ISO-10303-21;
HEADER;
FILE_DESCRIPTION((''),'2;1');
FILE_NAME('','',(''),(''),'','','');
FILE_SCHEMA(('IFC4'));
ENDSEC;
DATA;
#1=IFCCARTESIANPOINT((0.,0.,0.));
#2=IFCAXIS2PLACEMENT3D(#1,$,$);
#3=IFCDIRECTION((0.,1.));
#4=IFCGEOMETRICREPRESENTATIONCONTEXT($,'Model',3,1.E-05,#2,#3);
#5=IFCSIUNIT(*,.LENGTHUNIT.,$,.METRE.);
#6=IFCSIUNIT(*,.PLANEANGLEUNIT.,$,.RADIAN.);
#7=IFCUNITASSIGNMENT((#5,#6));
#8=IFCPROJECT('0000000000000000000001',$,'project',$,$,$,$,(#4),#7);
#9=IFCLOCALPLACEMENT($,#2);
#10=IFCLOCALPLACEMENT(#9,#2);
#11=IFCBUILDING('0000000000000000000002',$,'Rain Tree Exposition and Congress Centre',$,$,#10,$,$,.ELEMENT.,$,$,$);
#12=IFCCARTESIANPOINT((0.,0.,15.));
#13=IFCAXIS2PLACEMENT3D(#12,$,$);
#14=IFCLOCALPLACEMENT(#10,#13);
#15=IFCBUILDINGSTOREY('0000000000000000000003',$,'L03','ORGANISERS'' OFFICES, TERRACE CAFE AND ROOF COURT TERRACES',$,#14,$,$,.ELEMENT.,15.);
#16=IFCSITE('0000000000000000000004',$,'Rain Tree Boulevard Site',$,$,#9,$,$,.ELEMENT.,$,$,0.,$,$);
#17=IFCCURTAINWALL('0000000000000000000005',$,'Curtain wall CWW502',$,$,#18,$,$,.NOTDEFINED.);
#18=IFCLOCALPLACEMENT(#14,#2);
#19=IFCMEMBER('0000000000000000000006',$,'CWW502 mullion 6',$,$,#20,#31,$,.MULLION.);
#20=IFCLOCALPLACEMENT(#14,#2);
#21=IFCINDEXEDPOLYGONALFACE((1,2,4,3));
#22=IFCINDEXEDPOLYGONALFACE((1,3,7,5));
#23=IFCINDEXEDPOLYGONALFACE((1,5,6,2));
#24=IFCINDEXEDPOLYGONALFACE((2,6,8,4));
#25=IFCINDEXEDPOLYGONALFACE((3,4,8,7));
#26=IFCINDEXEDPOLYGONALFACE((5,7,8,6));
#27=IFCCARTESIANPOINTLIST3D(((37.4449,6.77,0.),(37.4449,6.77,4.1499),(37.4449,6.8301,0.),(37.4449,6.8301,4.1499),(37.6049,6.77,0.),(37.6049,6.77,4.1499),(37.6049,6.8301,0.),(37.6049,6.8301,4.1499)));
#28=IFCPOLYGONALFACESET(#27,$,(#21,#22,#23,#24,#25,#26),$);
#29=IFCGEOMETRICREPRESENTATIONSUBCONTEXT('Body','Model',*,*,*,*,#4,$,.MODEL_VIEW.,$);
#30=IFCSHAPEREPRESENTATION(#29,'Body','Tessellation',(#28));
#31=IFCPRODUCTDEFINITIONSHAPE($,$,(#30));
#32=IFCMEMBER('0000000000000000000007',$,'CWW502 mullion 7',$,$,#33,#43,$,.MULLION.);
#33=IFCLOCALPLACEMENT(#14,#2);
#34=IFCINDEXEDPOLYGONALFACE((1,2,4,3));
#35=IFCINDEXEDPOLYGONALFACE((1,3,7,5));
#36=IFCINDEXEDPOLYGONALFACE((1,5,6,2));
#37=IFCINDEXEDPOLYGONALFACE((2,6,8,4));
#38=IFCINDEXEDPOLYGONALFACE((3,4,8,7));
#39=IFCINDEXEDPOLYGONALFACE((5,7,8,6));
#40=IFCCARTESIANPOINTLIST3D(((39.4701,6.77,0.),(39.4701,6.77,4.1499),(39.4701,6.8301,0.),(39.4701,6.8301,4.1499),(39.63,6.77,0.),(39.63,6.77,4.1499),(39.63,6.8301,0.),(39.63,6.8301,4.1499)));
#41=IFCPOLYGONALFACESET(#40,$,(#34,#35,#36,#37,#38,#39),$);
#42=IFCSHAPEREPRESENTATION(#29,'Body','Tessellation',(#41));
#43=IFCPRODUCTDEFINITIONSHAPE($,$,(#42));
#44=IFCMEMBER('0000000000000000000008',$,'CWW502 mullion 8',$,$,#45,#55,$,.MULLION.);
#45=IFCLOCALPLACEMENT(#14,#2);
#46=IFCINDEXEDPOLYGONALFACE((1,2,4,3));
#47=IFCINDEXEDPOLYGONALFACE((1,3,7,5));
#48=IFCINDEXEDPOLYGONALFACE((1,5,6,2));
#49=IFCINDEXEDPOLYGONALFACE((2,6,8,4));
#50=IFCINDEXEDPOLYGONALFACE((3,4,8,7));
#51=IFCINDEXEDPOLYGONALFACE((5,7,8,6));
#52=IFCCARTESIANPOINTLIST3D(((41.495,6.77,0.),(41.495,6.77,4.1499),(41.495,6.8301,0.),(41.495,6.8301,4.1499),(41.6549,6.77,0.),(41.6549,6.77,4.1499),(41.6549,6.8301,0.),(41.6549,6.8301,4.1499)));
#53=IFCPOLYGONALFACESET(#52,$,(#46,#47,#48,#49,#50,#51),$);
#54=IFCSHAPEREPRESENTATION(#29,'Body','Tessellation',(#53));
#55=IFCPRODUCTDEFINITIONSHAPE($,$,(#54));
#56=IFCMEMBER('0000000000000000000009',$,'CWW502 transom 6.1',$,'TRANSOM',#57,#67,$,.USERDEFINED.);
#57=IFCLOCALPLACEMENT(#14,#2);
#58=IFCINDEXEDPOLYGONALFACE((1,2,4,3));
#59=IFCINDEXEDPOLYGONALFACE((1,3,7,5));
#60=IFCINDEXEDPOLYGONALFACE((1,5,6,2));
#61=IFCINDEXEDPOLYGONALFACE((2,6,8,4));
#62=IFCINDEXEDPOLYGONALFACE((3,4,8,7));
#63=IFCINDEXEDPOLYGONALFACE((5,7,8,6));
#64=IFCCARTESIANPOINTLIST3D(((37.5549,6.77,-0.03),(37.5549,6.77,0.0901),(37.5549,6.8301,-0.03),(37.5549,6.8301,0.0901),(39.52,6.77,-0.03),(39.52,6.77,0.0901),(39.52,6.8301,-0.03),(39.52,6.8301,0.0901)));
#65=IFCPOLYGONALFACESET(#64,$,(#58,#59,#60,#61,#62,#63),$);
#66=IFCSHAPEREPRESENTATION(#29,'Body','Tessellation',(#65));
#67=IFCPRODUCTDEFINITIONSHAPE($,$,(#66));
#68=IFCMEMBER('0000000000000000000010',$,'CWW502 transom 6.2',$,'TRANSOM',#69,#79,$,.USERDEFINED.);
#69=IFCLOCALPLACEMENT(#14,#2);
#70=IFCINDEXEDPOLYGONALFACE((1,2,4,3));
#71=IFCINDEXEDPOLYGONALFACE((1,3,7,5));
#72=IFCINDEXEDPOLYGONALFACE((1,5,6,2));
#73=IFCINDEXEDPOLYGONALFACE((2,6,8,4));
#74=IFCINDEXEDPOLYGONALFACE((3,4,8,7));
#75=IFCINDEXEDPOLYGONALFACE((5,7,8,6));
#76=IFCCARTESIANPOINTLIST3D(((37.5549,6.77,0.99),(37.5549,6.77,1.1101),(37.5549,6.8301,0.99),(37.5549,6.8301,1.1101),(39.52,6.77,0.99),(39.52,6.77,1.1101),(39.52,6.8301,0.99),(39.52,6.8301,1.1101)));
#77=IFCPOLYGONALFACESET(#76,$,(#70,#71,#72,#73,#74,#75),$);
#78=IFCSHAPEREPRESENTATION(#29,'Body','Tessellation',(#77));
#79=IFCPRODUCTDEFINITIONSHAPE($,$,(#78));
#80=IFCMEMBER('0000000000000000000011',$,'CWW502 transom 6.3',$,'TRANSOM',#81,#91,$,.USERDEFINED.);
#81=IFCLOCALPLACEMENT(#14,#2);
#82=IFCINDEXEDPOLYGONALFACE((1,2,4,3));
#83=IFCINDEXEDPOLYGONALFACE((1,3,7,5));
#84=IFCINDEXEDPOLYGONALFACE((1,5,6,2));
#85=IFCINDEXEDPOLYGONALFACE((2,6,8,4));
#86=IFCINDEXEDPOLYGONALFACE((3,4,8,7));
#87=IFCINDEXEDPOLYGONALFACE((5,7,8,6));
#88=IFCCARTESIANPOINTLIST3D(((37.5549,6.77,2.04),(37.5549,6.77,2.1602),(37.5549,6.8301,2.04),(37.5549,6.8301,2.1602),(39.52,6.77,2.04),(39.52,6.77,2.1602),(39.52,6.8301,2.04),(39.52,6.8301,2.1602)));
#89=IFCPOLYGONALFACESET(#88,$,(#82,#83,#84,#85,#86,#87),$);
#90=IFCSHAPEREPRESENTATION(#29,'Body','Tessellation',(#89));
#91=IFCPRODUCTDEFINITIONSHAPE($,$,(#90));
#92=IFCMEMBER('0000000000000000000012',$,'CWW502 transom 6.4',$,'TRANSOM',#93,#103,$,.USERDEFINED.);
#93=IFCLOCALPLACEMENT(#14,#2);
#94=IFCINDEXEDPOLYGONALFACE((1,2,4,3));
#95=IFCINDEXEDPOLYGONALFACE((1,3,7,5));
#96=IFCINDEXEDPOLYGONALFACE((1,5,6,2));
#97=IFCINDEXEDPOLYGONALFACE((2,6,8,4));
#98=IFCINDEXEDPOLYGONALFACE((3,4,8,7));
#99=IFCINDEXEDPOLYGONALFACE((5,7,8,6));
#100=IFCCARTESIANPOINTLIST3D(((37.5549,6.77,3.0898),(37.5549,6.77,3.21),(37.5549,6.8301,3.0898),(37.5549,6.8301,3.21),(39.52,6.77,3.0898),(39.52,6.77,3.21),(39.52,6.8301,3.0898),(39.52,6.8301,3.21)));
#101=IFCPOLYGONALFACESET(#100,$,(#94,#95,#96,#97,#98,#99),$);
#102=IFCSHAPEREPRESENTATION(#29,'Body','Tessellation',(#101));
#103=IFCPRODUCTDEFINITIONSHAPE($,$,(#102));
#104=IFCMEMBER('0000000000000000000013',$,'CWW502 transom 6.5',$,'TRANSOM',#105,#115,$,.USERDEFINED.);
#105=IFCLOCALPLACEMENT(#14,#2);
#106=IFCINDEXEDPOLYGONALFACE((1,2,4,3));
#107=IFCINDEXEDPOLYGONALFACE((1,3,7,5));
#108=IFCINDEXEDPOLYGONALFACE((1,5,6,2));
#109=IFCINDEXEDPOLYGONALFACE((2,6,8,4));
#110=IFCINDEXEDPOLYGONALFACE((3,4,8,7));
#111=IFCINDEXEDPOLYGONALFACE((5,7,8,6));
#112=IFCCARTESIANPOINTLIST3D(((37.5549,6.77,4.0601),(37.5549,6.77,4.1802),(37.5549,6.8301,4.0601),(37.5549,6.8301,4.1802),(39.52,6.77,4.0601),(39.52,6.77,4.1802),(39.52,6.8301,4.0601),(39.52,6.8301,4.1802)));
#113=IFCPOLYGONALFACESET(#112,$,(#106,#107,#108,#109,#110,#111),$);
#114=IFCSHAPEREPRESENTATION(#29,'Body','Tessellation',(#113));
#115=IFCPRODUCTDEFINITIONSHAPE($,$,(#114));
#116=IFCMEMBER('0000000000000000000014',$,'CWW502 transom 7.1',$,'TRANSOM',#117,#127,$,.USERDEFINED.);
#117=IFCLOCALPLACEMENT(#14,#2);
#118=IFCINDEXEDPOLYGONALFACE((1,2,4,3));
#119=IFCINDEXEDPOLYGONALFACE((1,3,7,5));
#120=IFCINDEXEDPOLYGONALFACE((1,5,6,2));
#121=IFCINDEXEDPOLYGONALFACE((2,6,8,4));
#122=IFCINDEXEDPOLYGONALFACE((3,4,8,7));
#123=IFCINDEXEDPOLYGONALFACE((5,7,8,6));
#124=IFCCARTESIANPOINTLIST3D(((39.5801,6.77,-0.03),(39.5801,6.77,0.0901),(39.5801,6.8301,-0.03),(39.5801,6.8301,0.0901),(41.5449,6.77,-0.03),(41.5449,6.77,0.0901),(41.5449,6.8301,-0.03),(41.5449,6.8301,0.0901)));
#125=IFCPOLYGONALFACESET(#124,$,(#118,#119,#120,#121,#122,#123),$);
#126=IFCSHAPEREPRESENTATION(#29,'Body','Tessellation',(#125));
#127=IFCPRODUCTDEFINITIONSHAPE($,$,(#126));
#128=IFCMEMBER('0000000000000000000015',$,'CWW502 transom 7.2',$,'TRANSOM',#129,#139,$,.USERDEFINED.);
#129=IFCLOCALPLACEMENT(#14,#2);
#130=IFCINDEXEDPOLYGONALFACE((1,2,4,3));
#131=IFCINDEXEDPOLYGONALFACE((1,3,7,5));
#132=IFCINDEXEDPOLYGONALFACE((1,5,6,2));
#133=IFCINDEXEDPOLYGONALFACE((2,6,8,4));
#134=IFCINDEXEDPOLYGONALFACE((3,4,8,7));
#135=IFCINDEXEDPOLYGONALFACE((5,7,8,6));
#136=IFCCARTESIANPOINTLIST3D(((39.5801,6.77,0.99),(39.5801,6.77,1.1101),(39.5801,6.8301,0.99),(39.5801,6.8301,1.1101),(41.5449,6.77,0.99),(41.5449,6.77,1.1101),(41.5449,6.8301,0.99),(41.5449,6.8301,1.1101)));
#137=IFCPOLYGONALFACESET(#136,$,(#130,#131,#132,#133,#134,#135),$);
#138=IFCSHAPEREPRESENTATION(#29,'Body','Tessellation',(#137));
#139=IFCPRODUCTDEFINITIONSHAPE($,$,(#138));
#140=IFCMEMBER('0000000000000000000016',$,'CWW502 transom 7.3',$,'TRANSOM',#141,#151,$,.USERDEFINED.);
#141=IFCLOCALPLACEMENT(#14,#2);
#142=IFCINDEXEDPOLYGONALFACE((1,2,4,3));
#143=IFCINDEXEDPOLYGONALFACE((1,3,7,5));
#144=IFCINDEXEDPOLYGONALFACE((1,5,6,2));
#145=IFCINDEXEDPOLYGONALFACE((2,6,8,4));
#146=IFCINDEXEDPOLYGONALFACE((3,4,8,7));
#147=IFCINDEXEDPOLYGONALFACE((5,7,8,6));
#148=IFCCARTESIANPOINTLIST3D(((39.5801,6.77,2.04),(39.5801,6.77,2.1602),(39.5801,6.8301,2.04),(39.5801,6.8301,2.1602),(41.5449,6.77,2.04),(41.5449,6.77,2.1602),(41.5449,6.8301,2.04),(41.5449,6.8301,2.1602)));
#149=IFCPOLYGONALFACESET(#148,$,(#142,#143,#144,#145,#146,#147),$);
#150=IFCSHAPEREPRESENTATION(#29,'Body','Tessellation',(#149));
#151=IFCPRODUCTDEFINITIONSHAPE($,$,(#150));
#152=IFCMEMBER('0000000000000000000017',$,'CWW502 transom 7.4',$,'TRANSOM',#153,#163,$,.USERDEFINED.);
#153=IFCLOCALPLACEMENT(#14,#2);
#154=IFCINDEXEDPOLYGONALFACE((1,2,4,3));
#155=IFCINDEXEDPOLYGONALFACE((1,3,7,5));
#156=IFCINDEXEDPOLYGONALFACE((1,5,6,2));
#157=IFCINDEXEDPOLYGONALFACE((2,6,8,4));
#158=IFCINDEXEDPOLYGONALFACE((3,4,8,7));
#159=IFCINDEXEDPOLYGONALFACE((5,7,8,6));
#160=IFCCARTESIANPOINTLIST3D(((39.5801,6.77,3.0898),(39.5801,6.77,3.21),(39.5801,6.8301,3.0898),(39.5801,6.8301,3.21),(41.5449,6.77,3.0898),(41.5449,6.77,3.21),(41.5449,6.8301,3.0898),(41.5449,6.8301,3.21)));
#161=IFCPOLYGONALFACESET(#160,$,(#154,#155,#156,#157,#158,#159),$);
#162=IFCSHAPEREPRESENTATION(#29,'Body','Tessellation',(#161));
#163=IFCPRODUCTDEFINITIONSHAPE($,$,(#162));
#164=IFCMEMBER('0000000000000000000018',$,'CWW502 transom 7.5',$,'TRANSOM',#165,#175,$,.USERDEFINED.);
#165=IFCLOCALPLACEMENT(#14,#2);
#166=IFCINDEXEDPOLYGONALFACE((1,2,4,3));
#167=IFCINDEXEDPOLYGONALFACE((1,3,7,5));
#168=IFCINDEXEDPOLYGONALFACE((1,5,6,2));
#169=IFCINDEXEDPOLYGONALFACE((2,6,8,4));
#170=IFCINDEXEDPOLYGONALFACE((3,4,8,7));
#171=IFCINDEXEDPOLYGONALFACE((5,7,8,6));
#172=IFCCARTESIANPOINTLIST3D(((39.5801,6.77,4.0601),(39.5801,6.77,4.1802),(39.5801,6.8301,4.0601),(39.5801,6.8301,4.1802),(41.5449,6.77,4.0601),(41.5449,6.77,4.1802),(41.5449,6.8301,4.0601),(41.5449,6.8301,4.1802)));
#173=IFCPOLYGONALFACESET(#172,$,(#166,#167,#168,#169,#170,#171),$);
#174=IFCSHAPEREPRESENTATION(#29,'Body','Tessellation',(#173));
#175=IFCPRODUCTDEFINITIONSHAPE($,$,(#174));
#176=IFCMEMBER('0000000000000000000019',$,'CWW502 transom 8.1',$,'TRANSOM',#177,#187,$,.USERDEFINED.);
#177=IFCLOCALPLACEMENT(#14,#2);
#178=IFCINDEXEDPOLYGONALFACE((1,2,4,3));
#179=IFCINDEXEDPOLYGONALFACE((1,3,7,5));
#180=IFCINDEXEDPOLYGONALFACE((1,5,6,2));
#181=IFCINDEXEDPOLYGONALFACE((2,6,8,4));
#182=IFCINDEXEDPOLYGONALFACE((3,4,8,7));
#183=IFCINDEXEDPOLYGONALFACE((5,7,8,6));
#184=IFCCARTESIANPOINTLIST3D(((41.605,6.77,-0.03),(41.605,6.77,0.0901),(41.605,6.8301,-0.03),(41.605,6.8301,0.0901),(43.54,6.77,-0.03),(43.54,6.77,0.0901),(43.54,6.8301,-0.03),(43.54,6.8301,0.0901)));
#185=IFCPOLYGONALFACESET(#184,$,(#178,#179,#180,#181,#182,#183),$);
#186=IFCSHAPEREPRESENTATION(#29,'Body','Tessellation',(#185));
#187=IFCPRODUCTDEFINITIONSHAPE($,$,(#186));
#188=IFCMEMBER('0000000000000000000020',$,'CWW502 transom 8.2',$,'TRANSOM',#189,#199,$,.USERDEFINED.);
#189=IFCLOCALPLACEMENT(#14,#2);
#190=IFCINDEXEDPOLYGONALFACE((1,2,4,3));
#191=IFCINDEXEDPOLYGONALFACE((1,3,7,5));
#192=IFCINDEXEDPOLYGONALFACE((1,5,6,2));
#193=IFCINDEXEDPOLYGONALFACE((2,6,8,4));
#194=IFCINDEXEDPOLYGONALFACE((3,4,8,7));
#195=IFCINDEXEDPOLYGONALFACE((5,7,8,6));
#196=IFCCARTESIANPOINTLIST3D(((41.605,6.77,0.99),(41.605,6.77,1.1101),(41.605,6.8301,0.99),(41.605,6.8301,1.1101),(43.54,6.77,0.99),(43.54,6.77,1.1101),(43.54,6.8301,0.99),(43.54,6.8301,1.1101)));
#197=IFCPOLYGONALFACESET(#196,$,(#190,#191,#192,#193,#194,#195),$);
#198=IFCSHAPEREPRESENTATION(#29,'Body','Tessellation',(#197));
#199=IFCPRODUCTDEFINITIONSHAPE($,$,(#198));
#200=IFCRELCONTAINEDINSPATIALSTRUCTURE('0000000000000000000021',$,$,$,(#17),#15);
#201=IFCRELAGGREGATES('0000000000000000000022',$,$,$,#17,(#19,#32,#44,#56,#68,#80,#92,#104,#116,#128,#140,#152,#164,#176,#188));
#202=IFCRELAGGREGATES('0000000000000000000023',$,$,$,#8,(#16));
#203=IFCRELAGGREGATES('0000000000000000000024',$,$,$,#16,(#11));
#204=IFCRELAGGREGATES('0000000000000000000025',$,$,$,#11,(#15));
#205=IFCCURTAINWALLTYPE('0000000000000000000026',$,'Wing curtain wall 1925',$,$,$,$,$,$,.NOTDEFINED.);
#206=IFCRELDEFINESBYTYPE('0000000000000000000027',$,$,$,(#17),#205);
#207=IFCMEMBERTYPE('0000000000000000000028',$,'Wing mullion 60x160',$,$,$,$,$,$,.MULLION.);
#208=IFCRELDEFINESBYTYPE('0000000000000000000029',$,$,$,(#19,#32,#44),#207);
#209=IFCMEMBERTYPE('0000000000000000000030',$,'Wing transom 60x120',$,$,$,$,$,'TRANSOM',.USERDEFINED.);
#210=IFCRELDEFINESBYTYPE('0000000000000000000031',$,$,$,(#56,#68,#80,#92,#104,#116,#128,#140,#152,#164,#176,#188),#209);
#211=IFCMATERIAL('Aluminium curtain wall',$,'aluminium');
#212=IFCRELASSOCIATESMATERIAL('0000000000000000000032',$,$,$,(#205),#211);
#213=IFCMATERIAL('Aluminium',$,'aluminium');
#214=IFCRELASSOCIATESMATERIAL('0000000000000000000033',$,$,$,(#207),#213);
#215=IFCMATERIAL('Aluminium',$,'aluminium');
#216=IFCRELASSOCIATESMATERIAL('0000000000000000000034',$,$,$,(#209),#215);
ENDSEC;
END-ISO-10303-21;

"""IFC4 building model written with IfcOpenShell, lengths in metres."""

from ifc_helpers import new_model, si_unit, direction, frame, origin, origin_2d, place, context, subcontext, project, spatial, rectangle, extrude, material, material_profile, profile_set, type_object, element, aggregate, save


model = new_model("IFC4")

# Units and contexts
model_context = context("Model", 3, precision=1e-05, world=origin(), true_north=direction((0.0, 1.0)))
body_context = subcontext(model_context, "Body", "Model", "MODEL_VIEW")
ifc_project = project(units=[si_unit("LENGTHUNIT", "METRE"), si_unit("PLANEANGLEUNIT", "RADIAN")], contexts=[model_context])

# Site, building, storey
site_placement = place(None, origin())
site = spatial("IfcSite", under=ifc_project, at=site_placement, Name="Rain Tree Boulevard Site", CompositionType="ELEMENT", RefElevation=0.0)
building_placement = place(site_placement, origin())
building = spatial("IfcBuilding", under=site, at=building_placement, Name="Rain Tree Exposition and Congress Centre", CompositionType="ELEMENT")
storey_placement = place(building_placement, frame((0.0, 0.0, 15.0)))
storey = spatial("IfcBuildingStorey", under=building, at=storey_placement, Name="L03", Description="ORGANISERS' OFFICES, TERRACE CAFE AND ROOF COURT TERRACES", CompositionType="ELEMENT", Elevation=15.0)

# Curtain wall, members
ifc_material_1 = material(Name="Aluminium curtain wall", Category="aluminium")
curtain_wall_type = type_object("IfcCurtainWallType", Name="Wing curtain wall 1925", PredefinedType="NOTDEFINED", material=ifc_material_1)
curtain_wall_placement = place(storey_placement, origin())
curtain_wall = element("IfcCurtainWall", 1, at=curtain_wall_placement, inside=storey, type_object=curtain_wall_type, Name="Curtain wall CWW502", PredefinedType="NOTDEFINED")
ifc_material_2 = material(Name="Aluminium", Category="aluminium")
ifc_material_profile_1 = material_profile(ifc_material_2, rectangle(XDim=0.0601, YDim=0.1599, at=origin_2d()), Name="Aluminium 60x160")
ifc_profile_set_1 = profile_set([ifc_material_profile_1], Name="Aluminium")
member_type_1 = type_object("IfcMemberType", Name="Wing mullion 60x160", PredefinedType="MULLION", material=ifc_profile_set_1)
member_1_placement = place(storey_placement, frame((37.5249, 6.8, 0.0), z_axis=(0.0, 0.0, 1.0), x_axis=(0.0, 1.0, 0.0)))
member_1 = element("IfcMember", 2, at=member_1_placement, type_object=member_type_1, Name="CWW502 mullion 6", PredefinedType="MULLION", context=body_context, shape_type="SweptSolid", body=[
    extrude(rectangle(XDim=0.0601, YDim=0.1599, at=origin_2d()), origin(), (0.0, 0.0, 1.0), 4.1499),
])
member_2_placement = place(storey_placement, frame((39.55, 6.8, 0.0), z_axis=(0.0, 0.0, 1.0), x_axis=(0.0, 1.0, 0.0)))
member_2 = element("IfcMember", 3, at=member_2_placement, type_object=member_type_1, Name="CWW502 mullion 7", PredefinedType="MULLION", context=body_context, shape_type="SweptSolid", body=[
    extrude(rectangle(XDim=0.0601, YDim=0.1599, at=origin_2d()), origin(), (0.0, 0.0, 1.0), 4.1499),
])
member_3_placement = place(storey_placement, frame((41.575, 6.8, 0.0), z_axis=(0.0, 0.0, 1.0), x_axis=(0.0, 1.0, 0.0)))
member_3 = element("IfcMember", 4, at=member_3_placement, type_object=member_type_1, Name="CWW502 mullion 8", PredefinedType="MULLION", context=body_context, shape_type="SweptSolid", body=[
    extrude(rectangle(XDim=0.0601, YDim=0.1599, at=origin_2d()), origin(), (0.0, 0.0, 1.0), 4.1499),
])
ifc_material_3 = material(Name="Aluminium", Category="aluminium")
ifc_material_profile_2 = material_profile(ifc_material_3, rectangle(XDim=0.0601, YDim=0.1201, at=origin_2d()), Name="Aluminium 60x120")
ifc_profile_set_2 = profile_set([ifc_material_profile_2], Name="Aluminium")
member_type_2 = type_object("IfcMemberType", Name="Wing transom 60x120", ElementType="TRANSOM", PredefinedType="USERDEFINED", material=ifc_profile_set_2)
member_4_placement = place(storey_placement, frame((37.5549, 6.8, 0.03), z_axis=(1.0, 0.0, 0.0), x_axis=(0.0, 1.0, 0.0)))
member_4 = element("IfcMember", 5, at=member_4_placement, type_object=member_type_2, Name="CWW502 transom 6.1", ObjectType="TRANSOM", PredefinedType="USERDEFINED", context=body_context, shape_type="SweptSolid", body=[
    extrude(rectangle(XDim=0.0601, YDim=0.1201, at=origin_2d()), origin(), (0.0, 0.0, 1.0), 1.9651),
])
member_5_placement = place(storey_placement, frame((37.5549, 6.8, 1.05), z_axis=(1.0, 0.0, 0.0), x_axis=(0.0, 1.0, 0.0)))
member_5 = element("IfcMember", 6, at=member_5_placement, type_object=member_type_2, Name="CWW502 transom 6.2", ObjectType="TRANSOM", PredefinedType="USERDEFINED", context=body_context, shape_type="SweptSolid", body=[
    extrude(rectangle(XDim=0.0601, YDim=0.1201, at=origin_2d()), origin(), (0.0, 0.0, 1.0), 1.9651),
])
member_6_placement = place(storey_placement, frame((37.5549, 6.8, 2.1001), z_axis=(1.0, 0.0, 0.0), x_axis=(0.0, 1.0, 0.0)))
member_6 = element("IfcMember", 7, at=member_6_placement, type_object=member_type_2, Name="CWW502 transom 6.3", ObjectType="TRANSOM", PredefinedType="USERDEFINED", context=body_context, shape_type="SweptSolid", body=[
    extrude(rectangle(XDim=0.0601, YDim=0.1201, at=origin_2d()), origin(), (0.0, 0.0, 1.0), 1.9651),
])
member_7_placement = place(storey_placement, frame((37.5549, 6.8, 3.1499), z_axis=(1.0, 0.0, 0.0), x_axis=(0.0, 1.0, 0.0)))
member_7 = element("IfcMember", 8, at=member_7_placement, type_object=member_type_2, Name="CWW502 transom 6.4", ObjectType="TRANSOM", PredefinedType="USERDEFINED", context=body_context, shape_type="SweptSolid", body=[
    extrude(rectangle(XDim=0.0601, YDim=0.1201, at=origin_2d()), origin(), (0.0, 0.0, 1.0), 1.9651),
])
member_8_placement = place(storey_placement, frame((37.5549, 6.8, 4.1201), z_axis=(1.0, 0.0, 0.0), x_axis=(0.0, 1.0, 0.0)))
member_8 = element("IfcMember", 9, at=member_8_placement, type_object=member_type_2, Name="CWW502 transom 6.5", ObjectType="TRANSOM", PredefinedType="USERDEFINED", context=body_context, shape_type="SweptSolid", body=[
    extrude(rectangle(XDim=0.0601, YDim=0.1201, at=origin_2d()), origin(), (0.0, 0.0, 1.0), 1.9651),
])
member_9_placement = place(storey_placement, frame((39.5801, 6.8, 0.03), z_axis=(1.0, 0.0, 0.0), x_axis=(0.0, 1.0, 0.0)))
member_9 = element("IfcMember", 10, at=member_9_placement, type_object=member_type_2, Name="CWW502 transom 7.1", ObjectType="TRANSOM", PredefinedType="USERDEFINED", context=body_context, shape_type="SweptSolid", body=[
    extrude(rectangle(XDim=0.0601, YDim=0.1201, at=origin_2d()), origin(), (0.0, 0.0, 1.0), 1.9648),
])
member_10_placement = place(storey_placement, frame((39.5801, 6.8, 1.05), z_axis=(1.0, 0.0, 0.0), x_axis=(0.0, 1.0, 0.0)))
member_10 = element("IfcMember", 11, at=member_10_placement, type_object=member_type_2, Name="CWW502 transom 7.2", ObjectType="TRANSOM", PredefinedType="USERDEFINED", context=body_context, shape_type="SweptSolid", body=[
    extrude(rectangle(XDim=0.0601, YDim=0.1201, at=origin_2d()), origin(), (0.0, 0.0, 1.0), 1.9648),
])
member_11_placement = place(storey_placement, frame((39.5801, 6.8, 2.1001), z_axis=(1.0, 0.0, 0.0), x_axis=(0.0, 1.0, 0.0)))
member_11 = element("IfcMember", 12, at=member_11_placement, type_object=member_type_2, Name="CWW502 transom 7.3", ObjectType="TRANSOM", PredefinedType="USERDEFINED", context=body_context, shape_type="SweptSolid", body=[
    extrude(rectangle(XDim=0.0601, YDim=0.1201, at=origin_2d()), origin(), (0.0, 0.0, 1.0), 1.9648),
])
member_12_placement = place(storey_placement, frame((39.5801, 6.8, 3.1499), z_axis=(1.0, 0.0, 0.0), x_axis=(0.0, 1.0, 0.0)))
member_12 = element("IfcMember", 13, at=member_12_placement, type_object=member_type_2, Name="CWW502 transom 7.4", ObjectType="TRANSOM", PredefinedType="USERDEFINED", context=body_context, shape_type="SweptSolid", body=[
    extrude(rectangle(XDim=0.0601, YDim=0.1201, at=origin_2d()), origin(), (0.0, 0.0, 1.0), 1.9648),
])
member_13_placement = place(storey_placement, frame((39.5801, 6.8, 4.1201), z_axis=(1.0, 0.0, 0.0), x_axis=(0.0, 1.0, 0.0)))
member_13 = element("IfcMember", 14, at=member_13_placement, type_object=member_type_2, Name="CWW502 transom 7.5", ObjectType="TRANSOM", PredefinedType="USERDEFINED", context=body_context, shape_type="SweptSolid", body=[
    extrude(rectangle(XDim=0.0601, YDim=0.1201, at=origin_2d()), origin(), (0.0, 0.0, 1.0), 1.9648),
])
member_14_placement = place(storey_placement, frame((41.605, 6.8, 0.03), z_axis=(1.0, 0.0, 0.0), x_axis=(0.0, 1.0, 0.0)))
member_14 = element("IfcMember", 15, at=member_14_placement, type_object=member_type_2, Name="CWW502 transom 8.1", ObjectType="TRANSOM", PredefinedType="USERDEFINED", context=body_context, shape_type="SweptSolid", body=[
    extrude(rectangle(XDim=0.0601, YDim=0.1201, at=origin_2d()), origin(), (0.0, 0.0, 1.0), 1.9351),
])
member_15_placement = place(storey_placement, frame((41.605, 6.8, 1.05), z_axis=(1.0, 0.0, 0.0), x_axis=(0.0, 1.0, 0.0)))
member_15 = element("IfcMember", 16, at=member_15_placement, type_object=member_type_2, Name="CWW502 transom 8.2", ObjectType="TRANSOM", PredefinedType="USERDEFINED", context=body_context, shape_type="SweptSolid", body=[
    extrude(rectangle(XDim=0.0601, YDim=0.1201, at=origin_2d()), origin(), (0.0, 0.0, 1.0), 1.9351),
])
aggregate(curtain_wall, [member_1, member_2, member_3, member_4, member_5, member_6, member_7, member_8, member_9, member_10, member_11, member_12, member_13, member_14, member_15])

save(model, "model.ifc")
